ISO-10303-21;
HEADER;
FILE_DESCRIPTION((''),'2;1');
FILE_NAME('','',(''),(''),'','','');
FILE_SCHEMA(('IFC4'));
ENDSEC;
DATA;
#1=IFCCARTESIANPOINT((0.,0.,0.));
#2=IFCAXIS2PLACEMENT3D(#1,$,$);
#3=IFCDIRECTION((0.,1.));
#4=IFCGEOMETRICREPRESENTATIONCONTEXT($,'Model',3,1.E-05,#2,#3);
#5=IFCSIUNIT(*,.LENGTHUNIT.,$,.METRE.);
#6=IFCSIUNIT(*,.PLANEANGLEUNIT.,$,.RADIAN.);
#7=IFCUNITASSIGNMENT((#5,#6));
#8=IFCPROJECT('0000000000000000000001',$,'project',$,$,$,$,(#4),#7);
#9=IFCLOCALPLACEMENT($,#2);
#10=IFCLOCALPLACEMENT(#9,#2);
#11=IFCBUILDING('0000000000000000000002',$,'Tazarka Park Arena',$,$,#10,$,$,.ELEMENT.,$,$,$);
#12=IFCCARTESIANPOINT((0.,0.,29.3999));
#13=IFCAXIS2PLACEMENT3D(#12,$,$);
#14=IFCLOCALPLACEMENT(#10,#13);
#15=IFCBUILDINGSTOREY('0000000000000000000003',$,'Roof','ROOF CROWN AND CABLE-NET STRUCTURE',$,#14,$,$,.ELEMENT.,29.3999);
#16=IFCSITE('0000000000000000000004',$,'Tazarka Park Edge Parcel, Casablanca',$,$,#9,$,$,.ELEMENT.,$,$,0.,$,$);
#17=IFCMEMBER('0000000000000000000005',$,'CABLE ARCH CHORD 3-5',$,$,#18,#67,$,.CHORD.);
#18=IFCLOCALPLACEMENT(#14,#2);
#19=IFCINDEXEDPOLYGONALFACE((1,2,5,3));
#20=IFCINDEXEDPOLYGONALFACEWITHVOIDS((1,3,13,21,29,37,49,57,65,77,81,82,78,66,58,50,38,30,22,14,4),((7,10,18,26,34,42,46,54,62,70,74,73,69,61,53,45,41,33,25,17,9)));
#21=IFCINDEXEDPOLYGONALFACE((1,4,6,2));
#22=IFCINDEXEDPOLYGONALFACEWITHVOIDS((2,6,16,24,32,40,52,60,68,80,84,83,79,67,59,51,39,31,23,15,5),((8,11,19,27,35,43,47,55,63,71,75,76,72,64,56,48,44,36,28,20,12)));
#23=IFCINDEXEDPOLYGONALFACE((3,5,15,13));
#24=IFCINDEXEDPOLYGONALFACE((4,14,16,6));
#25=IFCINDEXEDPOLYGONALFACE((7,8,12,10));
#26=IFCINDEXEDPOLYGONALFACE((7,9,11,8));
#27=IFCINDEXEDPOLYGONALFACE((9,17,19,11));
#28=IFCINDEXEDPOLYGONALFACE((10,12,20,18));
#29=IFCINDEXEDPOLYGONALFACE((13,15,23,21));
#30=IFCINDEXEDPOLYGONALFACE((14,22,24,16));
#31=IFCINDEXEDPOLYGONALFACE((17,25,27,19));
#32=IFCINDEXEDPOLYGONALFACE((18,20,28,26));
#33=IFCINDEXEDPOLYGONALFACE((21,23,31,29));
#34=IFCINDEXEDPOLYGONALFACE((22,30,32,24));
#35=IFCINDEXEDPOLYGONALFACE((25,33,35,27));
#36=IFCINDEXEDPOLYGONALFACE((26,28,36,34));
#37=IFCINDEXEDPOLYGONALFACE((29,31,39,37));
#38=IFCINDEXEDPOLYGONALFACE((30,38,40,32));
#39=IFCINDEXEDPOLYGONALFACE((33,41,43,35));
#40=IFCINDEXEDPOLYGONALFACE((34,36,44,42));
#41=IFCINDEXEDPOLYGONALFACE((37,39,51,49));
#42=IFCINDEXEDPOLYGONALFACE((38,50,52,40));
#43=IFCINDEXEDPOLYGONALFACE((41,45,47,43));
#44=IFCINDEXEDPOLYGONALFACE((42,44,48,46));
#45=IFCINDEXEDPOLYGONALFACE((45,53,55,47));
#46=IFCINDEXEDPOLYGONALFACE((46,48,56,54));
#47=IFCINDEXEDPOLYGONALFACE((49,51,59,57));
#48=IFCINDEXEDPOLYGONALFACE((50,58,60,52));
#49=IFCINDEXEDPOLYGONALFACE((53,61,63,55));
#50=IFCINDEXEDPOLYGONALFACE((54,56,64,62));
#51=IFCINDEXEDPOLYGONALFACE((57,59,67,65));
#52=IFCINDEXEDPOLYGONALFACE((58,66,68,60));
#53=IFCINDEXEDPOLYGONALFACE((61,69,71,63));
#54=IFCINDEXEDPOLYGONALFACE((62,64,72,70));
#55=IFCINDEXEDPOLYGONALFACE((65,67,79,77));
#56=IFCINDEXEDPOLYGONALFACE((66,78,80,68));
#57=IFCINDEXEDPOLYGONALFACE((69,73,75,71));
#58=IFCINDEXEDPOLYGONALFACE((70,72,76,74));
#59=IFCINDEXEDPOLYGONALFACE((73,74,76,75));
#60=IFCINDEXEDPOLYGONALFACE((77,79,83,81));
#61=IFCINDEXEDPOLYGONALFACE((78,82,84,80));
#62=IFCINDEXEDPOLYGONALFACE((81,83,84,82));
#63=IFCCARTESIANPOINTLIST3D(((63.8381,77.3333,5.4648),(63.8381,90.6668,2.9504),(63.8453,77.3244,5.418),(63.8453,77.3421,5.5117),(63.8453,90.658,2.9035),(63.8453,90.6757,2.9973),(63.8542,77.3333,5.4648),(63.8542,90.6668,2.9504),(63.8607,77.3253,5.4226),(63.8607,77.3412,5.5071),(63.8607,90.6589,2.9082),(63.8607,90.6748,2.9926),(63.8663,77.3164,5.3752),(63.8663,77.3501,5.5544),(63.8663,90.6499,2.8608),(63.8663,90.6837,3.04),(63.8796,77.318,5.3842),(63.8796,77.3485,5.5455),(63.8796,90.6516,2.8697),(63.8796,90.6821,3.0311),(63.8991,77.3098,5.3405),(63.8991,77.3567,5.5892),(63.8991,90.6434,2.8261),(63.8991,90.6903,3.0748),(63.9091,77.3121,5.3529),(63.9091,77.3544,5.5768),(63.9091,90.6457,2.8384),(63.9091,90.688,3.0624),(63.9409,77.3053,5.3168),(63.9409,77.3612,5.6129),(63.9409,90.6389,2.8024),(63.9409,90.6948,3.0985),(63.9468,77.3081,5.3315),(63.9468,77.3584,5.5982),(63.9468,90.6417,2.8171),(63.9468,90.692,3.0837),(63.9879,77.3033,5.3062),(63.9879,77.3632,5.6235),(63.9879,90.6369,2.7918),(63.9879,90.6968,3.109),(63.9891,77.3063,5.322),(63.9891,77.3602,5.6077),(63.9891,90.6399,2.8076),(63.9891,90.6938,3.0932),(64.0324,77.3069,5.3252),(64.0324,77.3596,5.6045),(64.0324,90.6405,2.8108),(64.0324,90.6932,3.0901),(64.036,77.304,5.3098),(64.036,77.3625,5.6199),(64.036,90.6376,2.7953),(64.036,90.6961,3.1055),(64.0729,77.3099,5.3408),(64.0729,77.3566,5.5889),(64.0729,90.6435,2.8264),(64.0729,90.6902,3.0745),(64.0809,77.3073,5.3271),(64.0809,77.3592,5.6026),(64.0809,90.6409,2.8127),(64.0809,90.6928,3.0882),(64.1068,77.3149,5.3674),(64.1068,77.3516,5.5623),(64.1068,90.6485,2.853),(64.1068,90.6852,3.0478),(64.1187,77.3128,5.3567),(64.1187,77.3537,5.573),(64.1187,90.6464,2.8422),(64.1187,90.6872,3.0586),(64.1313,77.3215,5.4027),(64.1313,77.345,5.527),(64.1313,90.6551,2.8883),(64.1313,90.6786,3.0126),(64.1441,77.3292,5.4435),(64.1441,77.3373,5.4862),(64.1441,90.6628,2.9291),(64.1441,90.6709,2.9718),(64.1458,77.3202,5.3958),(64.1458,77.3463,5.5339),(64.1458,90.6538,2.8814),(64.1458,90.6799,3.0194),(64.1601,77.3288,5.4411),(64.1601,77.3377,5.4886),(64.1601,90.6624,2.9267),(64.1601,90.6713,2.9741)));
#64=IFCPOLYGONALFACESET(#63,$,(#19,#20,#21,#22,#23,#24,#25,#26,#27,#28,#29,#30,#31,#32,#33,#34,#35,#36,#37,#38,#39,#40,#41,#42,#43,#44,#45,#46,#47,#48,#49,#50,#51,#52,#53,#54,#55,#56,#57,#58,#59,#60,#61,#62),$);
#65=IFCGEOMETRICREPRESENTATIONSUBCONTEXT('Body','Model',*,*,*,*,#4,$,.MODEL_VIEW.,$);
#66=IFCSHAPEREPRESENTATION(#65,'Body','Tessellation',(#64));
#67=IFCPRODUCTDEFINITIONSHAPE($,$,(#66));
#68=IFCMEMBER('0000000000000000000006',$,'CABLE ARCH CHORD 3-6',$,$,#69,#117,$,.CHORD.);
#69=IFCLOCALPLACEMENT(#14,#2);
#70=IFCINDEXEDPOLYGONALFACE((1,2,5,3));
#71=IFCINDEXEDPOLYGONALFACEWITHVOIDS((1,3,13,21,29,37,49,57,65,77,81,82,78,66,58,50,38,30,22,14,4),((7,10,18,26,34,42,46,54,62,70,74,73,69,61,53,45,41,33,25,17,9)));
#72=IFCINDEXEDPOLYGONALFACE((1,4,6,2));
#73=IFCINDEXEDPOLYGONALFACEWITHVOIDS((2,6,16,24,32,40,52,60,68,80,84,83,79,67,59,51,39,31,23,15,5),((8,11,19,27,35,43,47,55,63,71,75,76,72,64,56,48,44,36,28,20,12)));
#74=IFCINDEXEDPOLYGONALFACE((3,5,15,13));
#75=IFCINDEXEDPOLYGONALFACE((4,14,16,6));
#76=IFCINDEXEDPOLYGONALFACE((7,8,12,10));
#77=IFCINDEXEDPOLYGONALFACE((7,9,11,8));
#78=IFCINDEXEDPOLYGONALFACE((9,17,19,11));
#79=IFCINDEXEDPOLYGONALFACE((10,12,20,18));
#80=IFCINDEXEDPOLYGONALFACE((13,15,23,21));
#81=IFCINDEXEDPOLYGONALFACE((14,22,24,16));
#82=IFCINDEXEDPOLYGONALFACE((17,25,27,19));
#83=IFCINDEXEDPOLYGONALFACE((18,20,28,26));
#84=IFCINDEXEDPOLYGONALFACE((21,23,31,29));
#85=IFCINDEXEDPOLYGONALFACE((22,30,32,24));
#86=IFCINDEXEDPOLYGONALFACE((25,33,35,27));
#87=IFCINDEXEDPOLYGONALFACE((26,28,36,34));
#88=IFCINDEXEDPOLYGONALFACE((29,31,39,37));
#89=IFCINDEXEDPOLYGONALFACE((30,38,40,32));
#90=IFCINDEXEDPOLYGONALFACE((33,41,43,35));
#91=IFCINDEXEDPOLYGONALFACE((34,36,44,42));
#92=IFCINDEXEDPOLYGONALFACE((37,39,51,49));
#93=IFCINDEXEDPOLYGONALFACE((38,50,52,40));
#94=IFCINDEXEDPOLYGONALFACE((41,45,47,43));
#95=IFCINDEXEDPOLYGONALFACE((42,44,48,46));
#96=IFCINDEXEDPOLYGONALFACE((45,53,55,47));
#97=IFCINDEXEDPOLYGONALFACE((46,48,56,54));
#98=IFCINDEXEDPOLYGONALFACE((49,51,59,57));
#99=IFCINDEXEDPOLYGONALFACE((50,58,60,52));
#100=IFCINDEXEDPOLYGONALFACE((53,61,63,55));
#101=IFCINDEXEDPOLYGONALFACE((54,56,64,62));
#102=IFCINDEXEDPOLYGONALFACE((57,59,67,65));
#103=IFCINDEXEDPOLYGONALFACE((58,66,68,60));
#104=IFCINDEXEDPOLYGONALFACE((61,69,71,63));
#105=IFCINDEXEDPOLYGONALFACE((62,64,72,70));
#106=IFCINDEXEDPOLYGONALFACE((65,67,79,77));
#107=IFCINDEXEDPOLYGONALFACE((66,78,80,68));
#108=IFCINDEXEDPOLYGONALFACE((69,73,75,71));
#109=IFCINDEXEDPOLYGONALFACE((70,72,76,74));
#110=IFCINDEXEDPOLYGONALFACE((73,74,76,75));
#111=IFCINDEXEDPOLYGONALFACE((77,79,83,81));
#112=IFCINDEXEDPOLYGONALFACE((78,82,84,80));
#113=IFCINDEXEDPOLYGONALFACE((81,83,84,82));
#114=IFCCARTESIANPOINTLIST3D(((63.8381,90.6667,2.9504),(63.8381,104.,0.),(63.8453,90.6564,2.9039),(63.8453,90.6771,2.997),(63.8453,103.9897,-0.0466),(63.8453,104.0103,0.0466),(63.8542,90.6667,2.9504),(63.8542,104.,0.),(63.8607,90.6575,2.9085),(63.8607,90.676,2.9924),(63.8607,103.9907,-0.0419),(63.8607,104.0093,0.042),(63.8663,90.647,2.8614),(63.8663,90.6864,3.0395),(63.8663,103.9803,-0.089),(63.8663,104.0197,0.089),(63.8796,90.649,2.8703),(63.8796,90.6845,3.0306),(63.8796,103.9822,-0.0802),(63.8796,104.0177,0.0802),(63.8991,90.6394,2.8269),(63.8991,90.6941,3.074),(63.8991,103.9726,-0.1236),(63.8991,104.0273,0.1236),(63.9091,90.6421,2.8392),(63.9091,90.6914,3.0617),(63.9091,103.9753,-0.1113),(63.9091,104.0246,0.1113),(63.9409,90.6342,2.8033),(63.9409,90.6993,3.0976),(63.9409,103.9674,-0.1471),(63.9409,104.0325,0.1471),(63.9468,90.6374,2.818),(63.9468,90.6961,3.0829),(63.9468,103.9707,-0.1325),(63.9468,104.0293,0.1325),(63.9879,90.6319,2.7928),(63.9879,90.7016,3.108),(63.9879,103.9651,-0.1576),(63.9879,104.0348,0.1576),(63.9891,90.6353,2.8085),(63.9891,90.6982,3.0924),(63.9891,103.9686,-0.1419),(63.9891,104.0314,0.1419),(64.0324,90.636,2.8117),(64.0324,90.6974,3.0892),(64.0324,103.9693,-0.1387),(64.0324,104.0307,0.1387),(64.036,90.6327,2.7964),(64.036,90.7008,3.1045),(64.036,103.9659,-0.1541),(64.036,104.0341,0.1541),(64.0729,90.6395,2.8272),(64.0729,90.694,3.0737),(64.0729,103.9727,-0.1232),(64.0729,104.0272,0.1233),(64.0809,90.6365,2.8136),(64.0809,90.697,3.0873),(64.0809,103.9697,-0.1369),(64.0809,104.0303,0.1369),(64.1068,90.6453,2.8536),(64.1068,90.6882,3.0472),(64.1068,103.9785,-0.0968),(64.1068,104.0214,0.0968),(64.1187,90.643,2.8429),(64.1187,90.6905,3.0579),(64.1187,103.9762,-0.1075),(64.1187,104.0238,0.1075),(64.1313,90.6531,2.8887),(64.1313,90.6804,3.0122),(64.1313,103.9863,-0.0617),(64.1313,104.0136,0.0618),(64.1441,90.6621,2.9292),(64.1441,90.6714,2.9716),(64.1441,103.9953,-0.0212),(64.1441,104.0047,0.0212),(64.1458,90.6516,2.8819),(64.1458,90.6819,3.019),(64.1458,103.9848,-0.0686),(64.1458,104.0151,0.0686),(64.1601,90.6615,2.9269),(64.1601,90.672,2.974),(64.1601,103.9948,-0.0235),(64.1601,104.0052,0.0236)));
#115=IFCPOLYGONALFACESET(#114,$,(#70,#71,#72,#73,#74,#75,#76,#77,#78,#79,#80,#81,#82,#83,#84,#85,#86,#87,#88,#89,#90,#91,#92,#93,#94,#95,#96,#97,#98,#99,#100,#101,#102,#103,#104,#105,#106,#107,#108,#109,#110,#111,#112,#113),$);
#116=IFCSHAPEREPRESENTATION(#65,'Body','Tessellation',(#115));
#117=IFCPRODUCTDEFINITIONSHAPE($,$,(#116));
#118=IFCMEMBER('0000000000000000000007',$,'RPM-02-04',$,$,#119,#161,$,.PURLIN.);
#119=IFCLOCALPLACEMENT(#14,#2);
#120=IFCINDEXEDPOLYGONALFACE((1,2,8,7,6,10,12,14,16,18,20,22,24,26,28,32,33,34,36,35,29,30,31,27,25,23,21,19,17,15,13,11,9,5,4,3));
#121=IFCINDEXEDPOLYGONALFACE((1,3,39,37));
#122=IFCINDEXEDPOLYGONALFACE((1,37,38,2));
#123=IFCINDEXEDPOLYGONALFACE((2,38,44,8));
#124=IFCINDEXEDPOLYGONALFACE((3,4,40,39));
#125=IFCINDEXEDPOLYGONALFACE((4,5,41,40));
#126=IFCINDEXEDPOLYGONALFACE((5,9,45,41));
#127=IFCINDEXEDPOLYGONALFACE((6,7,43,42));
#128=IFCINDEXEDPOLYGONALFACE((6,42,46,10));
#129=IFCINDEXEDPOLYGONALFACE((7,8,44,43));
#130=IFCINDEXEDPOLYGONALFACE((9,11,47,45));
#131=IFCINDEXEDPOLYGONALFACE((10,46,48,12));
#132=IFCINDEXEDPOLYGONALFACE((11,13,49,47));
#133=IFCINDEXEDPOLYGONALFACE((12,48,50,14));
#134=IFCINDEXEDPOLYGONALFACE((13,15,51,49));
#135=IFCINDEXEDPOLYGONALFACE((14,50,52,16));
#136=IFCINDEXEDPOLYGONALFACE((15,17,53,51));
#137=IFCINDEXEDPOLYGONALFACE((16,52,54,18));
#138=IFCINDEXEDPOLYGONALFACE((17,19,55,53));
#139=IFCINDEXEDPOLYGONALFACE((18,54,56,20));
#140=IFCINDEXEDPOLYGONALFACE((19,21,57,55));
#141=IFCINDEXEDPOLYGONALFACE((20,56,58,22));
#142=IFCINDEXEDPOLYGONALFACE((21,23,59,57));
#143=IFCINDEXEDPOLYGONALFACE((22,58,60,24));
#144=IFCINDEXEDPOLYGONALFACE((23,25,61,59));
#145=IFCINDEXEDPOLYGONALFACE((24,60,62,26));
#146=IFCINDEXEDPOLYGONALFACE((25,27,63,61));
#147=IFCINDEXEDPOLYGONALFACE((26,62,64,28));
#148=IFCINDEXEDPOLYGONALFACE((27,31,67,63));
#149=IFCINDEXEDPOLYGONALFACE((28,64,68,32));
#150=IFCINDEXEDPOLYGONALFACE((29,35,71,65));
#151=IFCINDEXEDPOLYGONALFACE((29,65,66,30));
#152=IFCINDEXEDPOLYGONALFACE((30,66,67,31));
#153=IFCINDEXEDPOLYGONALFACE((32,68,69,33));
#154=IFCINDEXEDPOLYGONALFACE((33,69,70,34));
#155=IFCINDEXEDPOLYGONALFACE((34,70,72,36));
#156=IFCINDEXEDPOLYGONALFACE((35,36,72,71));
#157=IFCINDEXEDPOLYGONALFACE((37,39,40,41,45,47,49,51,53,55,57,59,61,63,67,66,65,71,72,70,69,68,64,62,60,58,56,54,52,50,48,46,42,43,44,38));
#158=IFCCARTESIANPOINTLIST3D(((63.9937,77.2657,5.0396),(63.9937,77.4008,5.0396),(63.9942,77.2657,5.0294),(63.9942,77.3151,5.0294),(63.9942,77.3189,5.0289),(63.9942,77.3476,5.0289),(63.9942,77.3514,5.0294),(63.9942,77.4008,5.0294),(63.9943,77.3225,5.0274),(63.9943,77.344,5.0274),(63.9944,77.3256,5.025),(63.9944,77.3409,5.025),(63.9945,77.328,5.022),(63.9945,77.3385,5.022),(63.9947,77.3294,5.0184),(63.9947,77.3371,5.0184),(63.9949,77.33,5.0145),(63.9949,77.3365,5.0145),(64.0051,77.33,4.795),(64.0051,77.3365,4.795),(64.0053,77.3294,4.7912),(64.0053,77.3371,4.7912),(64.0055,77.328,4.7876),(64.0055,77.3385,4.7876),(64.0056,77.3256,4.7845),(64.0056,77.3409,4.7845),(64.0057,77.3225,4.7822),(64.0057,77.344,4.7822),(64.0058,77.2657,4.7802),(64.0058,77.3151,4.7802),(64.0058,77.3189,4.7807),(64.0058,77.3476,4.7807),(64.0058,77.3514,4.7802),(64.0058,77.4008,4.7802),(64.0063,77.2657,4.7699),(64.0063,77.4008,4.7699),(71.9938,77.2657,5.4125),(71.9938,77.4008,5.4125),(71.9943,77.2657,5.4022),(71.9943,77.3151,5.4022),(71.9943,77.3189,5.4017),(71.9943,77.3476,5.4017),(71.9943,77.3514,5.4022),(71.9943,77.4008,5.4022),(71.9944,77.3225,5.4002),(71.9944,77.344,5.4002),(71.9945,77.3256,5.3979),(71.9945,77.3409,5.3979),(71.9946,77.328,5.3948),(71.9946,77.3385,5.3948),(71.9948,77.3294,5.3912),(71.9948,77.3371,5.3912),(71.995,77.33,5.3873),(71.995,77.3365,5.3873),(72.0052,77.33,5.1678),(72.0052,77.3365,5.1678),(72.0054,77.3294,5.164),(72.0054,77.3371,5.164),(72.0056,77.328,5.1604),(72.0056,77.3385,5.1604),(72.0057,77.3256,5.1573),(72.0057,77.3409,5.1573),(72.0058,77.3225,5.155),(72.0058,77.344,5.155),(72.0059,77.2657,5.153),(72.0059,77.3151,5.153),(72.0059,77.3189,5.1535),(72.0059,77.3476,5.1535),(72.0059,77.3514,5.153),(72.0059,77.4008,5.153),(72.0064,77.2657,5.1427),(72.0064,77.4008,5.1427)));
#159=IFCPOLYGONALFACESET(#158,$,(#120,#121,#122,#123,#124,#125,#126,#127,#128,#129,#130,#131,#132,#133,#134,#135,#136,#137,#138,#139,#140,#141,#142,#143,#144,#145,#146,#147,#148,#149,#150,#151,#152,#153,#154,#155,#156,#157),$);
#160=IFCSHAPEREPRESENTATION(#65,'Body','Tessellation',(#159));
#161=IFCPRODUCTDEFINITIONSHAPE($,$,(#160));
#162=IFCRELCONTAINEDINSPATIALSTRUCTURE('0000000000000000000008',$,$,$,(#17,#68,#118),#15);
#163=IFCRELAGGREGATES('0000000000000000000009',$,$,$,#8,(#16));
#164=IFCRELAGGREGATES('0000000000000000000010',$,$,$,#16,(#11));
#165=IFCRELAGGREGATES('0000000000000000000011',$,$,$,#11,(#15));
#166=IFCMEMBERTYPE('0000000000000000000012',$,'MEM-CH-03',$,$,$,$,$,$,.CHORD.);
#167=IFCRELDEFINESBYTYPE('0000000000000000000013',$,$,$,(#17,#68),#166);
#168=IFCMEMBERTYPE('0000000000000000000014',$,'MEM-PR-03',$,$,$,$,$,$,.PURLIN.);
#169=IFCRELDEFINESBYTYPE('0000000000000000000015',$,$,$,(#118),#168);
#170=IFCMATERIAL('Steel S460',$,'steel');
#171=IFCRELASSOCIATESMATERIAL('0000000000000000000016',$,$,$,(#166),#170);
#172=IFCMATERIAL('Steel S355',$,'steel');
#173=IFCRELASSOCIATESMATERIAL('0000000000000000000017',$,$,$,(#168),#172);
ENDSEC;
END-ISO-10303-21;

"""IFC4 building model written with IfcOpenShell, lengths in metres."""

from ifc_helpers import new_model, si_unit, direction, frame, origin, origin_2d, place, context, subcontext, project, spatial, hollow_circle, i_section, extrude, material, material_profile, profile_set, type_object, element, save


model = new_model("IFC4")

# Units and contexts
model_context = context("Model", 3, precision=1e-05, world=origin(), true_north=direction((0.0, 1.0)))
body_context = subcontext(model_context, "Body", "Model", "MODEL_VIEW")
ifc_project = project(units=[si_unit("LENGTHUNIT", "METRE"), si_unit("PLANEANGLEUNIT", "RADIAN")], contexts=[model_context])

# Site, building, storey
site_placement = place(None, origin())
site = spatial("IfcSite", under=ifc_project, at=site_placement, Name="Tazarka Park Edge Parcel, Casablanca", CompositionType="ELEMENT", RefElevation=0.0)
building_placement = place(site_placement, origin())
building = spatial("IfcBuilding", under=site, at=building_placement, Name="Tazarka Park Arena", CompositionType="ELEMENT")
storey_placement = place(building_placement, frame((0.0, 0.0, 29.3999)))
storey = spatial("IfcBuildingStorey", under=building, at=storey_placement, Name="Roof", Description="ROOF CROWN AND CABLE-NET STRUCTURE", CompositionType="ELEMENT", Elevation=29.3999)

# Members
ifc_material_1 = material(Name="Steel S460", Category="steel")
ifc_material_profile_1 = material_profile(ifc_material_1, hollow_circle(Radius=0.1619, WallThickness=0.0161, at=origin_2d()), Name="Steel S460")
ifc_profile_set_1 = profile_set([ifc_material_profile_1], Name="Steel S460")
member_type_1 = type_object("IfcMemberType", Name="MEM-CH-03", PredefinedType="CHORD", material=ifc_profile_set_1)
member_1_placement = place(storey_placement, frame((64.0, 77.3333, 5.4648), z_axis=(0.0, 0.98268, -0.185312), x_axis=(-1.0, 0.0, 0.0)))
element("IfcMember", 1, at=member_1_placement, inside=storey, type_object=member_type_1, Name="CABLE ARCH CHORD 3-5", PredefinedType="CHORD", context=body_context, shape_type="SweptSolid", body=[
    extrude(hollow_circle(Radius=0.1619, WallThickness=0.0161, at=origin_2d()), origin(), (0.0, 0.0, 1.0), 13.5686),
])
member_2_placement = place(storey_placement, frame((64.0, 90.6667, 2.9504), z_axis=(0.0, 0.976381, -0.216058), x_axis=(-1.0, 0.0, 0.0)))
element("IfcMember", 2, at=member_2_placement, inside=storey, type_object=member_type_1, Name="CABLE ARCH CHORD 3-6", PredefinedType="CHORD", context=body_context, shape_type="SweptSolid", body=[
    extrude(hollow_circle(Radius=0.1619, WallThickness=0.0161, at=origin_2d()), origin(), (0.0, 0.0, 1.0), 13.6558),
])
ifc_material_2 = material(Name="Steel S355", Category="steel")
ifc_material_profile_2 = material_profile(ifc_material_2, i_section(OverallWidth=0.135, OverallDepth=0.27, WebThickness=0.0066, FlangeThickness=0.0103, FilletRadius=0.0149, at=origin_2d()), Name="Steel S355")
ifc_profile_set_2 = profile_set([ifc_material_profile_2], Name="Steel S355")
member_type_2 = type_object("IfcMemberType", Name="MEM-PR-03", PredefinedType="PURLIN", material=ifc_profile_set_2)
member_3_placement = place(storey_placement, frame((64.0, 77.3333, 4.9048), z_axis=(0.998916, 0.0, 0.04655), x_axis=(0.0, 1.0, 0.0)))
element("IfcMember", 3, at=member_3_placement, inside=storey, type_object=member_type_2, Name="RPM-02-04", PredefinedType="PURLIN", context=body_context, shape_type="SweptSolid", body=[
    extrude(i_section(OverallWidth=0.135, OverallDepth=0.27, WebThickness=0.0066, FlangeThickness=0.0103, FilletRadius=0.0149, at=origin_2d()), origin(), (0.0, 0.0, 1.0), 8.0088),
])

save(model, "model.ifc")
